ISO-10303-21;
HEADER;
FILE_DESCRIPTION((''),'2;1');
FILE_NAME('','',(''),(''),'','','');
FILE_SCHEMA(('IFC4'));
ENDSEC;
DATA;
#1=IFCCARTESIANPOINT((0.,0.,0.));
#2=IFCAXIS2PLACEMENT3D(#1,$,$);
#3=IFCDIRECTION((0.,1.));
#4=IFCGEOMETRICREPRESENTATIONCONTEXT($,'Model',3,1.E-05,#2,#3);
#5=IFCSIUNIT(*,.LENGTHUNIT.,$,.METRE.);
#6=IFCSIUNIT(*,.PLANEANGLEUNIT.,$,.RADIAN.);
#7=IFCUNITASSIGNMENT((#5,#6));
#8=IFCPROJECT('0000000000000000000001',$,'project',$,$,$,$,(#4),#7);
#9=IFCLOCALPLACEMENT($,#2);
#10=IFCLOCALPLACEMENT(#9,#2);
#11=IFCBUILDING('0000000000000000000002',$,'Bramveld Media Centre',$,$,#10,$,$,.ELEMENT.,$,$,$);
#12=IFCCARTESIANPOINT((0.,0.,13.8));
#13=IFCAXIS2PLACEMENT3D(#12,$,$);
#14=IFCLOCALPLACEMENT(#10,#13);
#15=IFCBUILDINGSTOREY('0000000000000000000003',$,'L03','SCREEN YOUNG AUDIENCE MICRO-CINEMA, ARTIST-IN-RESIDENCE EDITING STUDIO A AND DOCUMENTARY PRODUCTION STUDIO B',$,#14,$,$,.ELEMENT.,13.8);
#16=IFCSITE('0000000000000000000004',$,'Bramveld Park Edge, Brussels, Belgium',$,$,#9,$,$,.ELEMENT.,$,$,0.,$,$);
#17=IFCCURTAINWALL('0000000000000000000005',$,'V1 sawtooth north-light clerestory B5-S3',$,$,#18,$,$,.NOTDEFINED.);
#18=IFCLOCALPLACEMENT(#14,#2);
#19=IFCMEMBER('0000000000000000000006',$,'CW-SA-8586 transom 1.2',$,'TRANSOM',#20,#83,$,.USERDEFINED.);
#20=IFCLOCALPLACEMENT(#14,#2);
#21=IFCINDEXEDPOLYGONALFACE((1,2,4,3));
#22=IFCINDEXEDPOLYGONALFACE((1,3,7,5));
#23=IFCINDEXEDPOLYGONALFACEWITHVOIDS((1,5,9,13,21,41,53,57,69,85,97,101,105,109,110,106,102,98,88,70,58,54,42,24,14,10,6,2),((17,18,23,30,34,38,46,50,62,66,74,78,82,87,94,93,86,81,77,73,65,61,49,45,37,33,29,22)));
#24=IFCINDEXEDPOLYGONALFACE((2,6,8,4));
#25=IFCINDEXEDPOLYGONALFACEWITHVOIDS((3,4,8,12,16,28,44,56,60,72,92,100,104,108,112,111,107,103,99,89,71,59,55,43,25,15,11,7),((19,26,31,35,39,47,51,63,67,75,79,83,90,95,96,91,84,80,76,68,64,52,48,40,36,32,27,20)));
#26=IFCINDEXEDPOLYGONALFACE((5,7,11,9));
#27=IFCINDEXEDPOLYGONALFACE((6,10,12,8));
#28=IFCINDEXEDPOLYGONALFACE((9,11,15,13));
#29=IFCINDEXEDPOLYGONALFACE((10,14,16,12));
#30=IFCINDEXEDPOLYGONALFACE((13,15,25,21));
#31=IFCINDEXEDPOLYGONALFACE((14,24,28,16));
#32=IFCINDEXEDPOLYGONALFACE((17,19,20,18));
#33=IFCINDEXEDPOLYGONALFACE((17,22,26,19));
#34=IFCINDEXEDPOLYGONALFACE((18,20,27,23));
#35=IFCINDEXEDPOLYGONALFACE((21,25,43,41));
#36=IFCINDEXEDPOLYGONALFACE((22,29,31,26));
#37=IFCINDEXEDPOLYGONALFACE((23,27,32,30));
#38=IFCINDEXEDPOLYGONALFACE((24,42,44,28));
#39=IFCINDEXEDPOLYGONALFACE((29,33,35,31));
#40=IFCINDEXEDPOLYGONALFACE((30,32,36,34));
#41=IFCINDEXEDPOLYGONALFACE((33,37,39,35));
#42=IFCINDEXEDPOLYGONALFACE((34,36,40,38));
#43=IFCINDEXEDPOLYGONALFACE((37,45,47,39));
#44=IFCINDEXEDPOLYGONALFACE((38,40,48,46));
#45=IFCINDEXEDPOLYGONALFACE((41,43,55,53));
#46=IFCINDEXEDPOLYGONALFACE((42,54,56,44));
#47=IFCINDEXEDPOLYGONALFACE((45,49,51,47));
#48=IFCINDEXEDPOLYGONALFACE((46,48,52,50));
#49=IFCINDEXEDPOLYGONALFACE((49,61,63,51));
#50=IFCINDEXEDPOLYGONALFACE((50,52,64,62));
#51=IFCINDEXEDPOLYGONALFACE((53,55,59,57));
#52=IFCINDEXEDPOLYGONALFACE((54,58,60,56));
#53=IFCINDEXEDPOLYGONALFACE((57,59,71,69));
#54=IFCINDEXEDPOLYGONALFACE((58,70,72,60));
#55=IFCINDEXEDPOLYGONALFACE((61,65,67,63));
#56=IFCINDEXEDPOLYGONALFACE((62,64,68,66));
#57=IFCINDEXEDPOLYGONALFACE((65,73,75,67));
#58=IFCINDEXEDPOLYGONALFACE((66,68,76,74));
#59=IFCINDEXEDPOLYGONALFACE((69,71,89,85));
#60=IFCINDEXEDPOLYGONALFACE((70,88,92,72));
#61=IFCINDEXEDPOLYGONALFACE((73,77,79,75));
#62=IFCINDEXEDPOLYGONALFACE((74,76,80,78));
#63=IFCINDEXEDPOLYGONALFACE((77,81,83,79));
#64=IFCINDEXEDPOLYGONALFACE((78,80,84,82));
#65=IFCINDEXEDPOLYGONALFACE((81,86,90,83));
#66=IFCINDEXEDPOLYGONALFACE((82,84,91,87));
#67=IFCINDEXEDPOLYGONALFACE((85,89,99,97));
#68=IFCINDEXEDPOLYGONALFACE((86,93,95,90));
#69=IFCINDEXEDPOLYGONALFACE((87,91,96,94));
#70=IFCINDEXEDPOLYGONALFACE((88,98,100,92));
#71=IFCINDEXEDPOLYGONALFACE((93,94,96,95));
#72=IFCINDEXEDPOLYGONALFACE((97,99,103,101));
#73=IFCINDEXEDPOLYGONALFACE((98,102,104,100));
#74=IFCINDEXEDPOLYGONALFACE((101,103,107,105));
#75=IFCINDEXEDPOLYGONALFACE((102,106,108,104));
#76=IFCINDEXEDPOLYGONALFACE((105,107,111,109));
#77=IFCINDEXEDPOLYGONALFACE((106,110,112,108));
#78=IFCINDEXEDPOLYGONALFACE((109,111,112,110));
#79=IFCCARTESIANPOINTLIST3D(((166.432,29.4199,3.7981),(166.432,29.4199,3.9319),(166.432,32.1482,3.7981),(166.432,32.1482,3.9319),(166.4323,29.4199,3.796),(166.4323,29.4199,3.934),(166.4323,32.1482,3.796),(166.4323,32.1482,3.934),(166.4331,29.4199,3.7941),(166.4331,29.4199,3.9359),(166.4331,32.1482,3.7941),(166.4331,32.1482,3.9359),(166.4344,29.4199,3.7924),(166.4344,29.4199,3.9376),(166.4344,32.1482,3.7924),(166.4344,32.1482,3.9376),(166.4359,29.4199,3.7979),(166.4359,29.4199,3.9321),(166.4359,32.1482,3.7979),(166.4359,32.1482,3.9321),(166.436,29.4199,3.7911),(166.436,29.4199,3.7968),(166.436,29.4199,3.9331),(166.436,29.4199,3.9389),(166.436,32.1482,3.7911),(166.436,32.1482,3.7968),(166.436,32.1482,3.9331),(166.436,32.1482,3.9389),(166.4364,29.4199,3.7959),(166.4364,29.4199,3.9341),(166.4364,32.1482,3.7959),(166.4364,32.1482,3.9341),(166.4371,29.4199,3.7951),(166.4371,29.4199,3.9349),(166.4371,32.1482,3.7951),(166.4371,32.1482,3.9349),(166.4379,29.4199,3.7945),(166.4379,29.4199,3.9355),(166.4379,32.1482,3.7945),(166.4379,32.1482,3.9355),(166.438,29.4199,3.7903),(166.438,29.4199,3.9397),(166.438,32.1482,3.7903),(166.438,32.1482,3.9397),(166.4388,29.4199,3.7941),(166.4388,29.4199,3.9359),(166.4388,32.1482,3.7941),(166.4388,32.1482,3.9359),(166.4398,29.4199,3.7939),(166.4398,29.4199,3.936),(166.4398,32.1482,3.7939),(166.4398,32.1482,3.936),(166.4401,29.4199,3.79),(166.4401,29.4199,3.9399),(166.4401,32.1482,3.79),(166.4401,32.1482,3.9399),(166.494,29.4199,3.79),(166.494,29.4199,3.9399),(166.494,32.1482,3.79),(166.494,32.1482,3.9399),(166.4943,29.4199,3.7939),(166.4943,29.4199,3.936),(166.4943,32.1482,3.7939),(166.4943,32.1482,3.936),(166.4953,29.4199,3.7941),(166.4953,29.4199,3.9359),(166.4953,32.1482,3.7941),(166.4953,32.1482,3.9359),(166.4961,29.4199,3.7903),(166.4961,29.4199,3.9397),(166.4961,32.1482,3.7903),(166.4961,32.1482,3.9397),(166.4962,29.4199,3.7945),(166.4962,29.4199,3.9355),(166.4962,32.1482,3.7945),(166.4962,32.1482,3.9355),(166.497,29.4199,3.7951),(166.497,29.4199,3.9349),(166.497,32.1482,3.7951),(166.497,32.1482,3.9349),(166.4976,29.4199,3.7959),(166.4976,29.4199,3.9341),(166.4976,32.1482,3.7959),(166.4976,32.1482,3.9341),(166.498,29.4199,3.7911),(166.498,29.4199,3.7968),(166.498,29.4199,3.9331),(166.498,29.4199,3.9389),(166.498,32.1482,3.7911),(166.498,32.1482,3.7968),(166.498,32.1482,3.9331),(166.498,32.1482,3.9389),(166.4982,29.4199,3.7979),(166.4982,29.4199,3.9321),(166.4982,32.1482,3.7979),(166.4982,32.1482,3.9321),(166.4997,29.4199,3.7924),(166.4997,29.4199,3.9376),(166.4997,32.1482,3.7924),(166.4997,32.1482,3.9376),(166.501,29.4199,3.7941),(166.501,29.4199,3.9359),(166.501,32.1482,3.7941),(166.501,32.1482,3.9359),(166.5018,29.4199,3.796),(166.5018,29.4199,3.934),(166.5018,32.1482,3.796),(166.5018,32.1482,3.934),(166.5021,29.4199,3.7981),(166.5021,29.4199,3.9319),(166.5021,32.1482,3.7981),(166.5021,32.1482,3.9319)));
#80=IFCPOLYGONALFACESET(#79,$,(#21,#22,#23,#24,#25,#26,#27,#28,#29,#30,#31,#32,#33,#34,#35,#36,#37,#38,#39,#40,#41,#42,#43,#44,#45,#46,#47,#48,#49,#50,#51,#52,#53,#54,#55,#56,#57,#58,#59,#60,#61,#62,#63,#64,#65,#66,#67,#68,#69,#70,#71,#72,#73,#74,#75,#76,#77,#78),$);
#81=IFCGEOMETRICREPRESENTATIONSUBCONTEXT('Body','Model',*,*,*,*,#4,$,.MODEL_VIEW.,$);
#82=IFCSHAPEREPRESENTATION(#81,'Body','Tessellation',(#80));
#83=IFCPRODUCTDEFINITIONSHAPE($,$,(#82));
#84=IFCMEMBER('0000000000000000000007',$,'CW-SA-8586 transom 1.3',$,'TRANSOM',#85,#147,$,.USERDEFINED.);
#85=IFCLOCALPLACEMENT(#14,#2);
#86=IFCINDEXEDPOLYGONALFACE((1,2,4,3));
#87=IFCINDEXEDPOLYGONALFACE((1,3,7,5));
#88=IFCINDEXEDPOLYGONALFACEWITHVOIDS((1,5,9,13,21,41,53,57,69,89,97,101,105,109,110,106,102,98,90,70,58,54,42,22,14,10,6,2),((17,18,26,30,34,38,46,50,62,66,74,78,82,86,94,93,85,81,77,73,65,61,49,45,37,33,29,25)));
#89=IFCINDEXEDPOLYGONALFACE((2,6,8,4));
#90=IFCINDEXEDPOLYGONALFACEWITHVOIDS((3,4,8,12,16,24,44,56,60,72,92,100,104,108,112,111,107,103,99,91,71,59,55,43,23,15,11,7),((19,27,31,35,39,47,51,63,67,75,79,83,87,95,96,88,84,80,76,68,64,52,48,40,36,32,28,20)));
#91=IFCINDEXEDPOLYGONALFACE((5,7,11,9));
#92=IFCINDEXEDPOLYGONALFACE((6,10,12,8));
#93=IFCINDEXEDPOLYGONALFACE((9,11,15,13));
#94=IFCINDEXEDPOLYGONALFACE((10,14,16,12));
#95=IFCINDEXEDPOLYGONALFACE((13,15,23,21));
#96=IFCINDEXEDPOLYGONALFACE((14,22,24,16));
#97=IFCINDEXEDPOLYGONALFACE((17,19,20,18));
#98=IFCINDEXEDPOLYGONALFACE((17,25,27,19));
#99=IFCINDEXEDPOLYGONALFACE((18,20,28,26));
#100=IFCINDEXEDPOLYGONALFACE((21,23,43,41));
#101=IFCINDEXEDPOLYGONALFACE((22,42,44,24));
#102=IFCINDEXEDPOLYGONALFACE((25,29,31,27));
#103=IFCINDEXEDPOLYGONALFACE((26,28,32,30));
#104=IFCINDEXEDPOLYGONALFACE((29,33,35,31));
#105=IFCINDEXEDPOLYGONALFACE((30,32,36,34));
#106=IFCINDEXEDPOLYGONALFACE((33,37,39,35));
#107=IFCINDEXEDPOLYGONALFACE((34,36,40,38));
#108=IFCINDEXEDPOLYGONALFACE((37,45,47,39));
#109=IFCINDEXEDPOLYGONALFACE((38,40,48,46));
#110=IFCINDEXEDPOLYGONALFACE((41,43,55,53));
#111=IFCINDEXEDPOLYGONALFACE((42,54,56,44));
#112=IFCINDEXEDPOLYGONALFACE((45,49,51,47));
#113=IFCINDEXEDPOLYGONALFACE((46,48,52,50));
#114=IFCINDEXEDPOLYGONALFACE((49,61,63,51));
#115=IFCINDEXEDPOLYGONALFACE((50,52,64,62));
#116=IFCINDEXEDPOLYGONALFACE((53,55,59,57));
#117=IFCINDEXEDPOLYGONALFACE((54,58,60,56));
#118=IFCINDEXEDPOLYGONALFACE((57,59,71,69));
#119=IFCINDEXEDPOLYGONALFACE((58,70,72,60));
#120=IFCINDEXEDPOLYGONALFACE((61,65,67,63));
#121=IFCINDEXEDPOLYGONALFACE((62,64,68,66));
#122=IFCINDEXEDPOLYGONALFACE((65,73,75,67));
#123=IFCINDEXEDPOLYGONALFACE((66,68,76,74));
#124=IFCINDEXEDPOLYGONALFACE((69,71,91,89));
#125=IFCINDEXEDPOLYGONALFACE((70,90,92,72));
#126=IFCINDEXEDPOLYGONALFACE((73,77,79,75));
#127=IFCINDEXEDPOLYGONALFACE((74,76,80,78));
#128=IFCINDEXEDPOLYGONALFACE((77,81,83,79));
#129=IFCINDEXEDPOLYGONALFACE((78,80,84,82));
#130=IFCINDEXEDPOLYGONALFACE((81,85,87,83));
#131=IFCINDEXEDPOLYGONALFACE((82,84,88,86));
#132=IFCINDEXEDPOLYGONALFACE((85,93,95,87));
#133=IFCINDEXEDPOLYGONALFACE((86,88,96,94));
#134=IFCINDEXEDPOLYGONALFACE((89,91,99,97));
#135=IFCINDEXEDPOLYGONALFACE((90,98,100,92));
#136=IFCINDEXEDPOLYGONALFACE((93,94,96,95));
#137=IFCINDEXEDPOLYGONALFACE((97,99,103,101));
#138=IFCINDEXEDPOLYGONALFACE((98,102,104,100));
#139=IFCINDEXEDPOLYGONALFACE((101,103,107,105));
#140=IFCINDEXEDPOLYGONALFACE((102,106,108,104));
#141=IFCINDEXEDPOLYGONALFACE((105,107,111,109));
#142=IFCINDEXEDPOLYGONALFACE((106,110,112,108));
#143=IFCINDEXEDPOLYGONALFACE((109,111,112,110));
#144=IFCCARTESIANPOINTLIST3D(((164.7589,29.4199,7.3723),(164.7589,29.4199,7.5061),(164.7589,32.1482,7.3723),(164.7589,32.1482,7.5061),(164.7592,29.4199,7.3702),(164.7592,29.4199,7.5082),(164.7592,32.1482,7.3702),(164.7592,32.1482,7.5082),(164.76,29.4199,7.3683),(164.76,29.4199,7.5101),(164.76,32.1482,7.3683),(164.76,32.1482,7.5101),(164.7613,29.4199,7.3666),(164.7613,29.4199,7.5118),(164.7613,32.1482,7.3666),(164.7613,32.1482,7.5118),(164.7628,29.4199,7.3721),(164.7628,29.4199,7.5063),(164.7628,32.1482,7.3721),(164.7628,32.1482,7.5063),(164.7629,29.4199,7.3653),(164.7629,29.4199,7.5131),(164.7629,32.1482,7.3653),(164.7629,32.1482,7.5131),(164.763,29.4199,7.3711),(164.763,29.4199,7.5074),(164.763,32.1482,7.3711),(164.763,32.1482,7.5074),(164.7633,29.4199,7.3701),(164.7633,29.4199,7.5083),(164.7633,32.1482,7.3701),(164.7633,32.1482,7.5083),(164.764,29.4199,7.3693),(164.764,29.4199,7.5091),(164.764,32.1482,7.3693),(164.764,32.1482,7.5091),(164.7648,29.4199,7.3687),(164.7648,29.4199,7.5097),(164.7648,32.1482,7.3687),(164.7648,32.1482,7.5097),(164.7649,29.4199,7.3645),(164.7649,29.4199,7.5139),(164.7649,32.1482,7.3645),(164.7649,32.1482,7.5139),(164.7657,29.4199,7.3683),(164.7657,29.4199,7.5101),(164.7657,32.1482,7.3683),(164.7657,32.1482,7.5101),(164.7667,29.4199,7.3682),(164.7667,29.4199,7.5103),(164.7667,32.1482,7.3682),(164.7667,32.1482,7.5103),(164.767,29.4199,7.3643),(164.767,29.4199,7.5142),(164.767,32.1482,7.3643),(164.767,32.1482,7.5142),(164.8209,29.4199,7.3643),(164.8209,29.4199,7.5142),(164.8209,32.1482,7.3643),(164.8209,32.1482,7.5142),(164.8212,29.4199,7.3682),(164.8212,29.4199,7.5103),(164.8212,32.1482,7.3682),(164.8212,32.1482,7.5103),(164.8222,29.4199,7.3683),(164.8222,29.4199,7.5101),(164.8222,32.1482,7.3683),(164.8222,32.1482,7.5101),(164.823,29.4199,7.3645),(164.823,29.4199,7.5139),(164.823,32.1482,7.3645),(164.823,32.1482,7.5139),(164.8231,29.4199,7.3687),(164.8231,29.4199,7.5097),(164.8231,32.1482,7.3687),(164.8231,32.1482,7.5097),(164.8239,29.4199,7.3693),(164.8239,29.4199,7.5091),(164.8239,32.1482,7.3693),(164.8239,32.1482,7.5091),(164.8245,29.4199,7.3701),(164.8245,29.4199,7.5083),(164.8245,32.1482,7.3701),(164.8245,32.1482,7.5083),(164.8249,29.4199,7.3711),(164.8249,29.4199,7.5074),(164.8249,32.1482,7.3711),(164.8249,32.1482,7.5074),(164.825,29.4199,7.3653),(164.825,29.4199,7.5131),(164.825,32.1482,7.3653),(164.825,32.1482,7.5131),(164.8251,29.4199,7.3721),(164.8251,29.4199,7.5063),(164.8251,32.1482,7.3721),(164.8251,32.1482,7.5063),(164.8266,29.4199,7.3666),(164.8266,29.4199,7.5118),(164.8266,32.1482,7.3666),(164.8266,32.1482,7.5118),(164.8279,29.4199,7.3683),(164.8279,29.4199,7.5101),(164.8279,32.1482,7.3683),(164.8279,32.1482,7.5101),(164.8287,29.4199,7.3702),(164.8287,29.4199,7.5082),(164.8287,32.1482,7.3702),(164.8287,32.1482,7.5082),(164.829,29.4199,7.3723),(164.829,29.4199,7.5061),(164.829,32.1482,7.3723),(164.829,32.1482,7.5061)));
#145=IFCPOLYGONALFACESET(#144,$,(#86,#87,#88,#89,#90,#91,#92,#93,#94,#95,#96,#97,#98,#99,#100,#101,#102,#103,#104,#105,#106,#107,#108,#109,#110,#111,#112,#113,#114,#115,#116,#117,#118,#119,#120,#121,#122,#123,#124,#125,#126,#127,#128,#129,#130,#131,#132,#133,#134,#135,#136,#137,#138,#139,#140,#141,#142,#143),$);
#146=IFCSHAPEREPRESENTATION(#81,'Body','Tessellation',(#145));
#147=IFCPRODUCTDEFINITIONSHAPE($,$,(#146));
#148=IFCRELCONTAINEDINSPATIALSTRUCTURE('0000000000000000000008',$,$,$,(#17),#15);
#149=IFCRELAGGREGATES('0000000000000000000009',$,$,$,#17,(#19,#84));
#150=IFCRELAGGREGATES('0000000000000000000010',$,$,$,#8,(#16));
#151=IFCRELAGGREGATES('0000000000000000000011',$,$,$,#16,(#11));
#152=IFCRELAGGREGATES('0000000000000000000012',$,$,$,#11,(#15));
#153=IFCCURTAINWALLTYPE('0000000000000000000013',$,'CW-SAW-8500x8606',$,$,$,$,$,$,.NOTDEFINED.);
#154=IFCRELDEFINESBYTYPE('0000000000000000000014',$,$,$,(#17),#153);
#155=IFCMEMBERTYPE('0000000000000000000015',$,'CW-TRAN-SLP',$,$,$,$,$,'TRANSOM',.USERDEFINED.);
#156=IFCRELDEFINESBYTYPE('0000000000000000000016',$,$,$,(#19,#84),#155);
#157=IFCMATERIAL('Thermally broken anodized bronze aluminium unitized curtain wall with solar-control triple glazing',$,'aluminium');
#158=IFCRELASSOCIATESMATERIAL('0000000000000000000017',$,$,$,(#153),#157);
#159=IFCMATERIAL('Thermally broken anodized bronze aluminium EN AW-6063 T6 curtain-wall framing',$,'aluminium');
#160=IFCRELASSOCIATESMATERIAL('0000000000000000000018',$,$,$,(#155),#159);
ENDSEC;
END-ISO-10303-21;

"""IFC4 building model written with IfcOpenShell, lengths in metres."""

from ifc_helpers import new_model, si_unit, direction, frame, origin, origin_2d, place, context, subcontext, project, spatial, hollow_rectangle, extrude, material, material_profile, profile_set, type_object, element, aggregate, save


model = new_model("IFC4")

# Units and contexts
model_context = context("Model", 3, precision=1e-05, world=origin(), true_north=direction((0.0, 1.0)))
body_context = subcontext(model_context, "Body", "Model", "MODEL_VIEW")
ifc_project = project(units=[si_unit("LENGTHUNIT", "METRE"), si_unit("PLANEANGLEUNIT", "RADIAN")], contexts=[model_context])

# Site, building, storey
site_placement = place(None, origin())
site = spatial("IfcSite", under=ifc_project, at=site_placement, Name="Bramveld Park Edge, Brussels, Belgium", CompositionType="ELEMENT", RefElevation=0.0)
building_placement = place(site_placement, origin())
building = spatial("IfcBuilding", under=site, at=building_placement, Name="Bramveld Media Centre", CompositionType="ELEMENT")
storey_placement = place(building_placement, frame((0.0, 0.0, 13.8)))
storey = spatial("IfcBuildingStorey", under=building, at=storey_placement, Name="L03", Description="SCREEN YOUNG AUDIENCE MICRO-CINEMA, ARTIST-IN-RESIDENCE EDITING STUDIO A AND DOCUMENTARY PRODUCTION STUDIO B", CompositionType="ELEMENT", Elevation=13.8)

# Curtain wall, members
ifc_material_1 = material(Name="Thermally broken anodized bronze aluminium unitized curtain wall with solar-control triple glazing", Category="aluminium")
curtain_wall_type = type_object("IfcCurtainWallType", Name="CW-SAW-8500x8606", PredefinedType="NOTDEFINED", material=ifc_material_1)
ifc_material_2 = material(Name="Thermally broken anodized bronze aluminium EN AW-6063 T6 curtain-wall framing", Category="aluminium")
ifc_material_profile_1 = material_profile(ifc_material_2, hollow_rectangle(XDim=0.0701, YDim=0.1499, WallThickness=0.0039, InnerFilletRadius=0.0039, OuterFilletRadius=0.0081, at=origin_2d()), Name="AL-TRAN 70x150")
ifc_profile_set_1 = profile_set([ifc_material_profile_1], Name="Thermally broken anodized bronze aluminium EN AW-6063 T6 curtain-wall framing")
member_type_1 = type_object("IfcMemberType", Name="CW-TRAN-SLP", ElementType="TRANSOM", PredefinedType="USERDEFINED", material=ifc_profile_set_1)
curtain_wall_1_placement = place(storey_placement, origin())
curtain_wall_1 = element("IfcCurtainWall", 1, at=curtain_wall_1_placement, inside=storey, type_object=curtain_wall_type, Name="V1 sawtooth north-light clerestory B5-S3", PredefinedType="NOTDEFINED")
member_1_placement = place(storey_placement, frame((166.467, 29.4199, 3.865), z_axis=(0.0, 1.0, 0.0), x_axis=(-1.0, 0.0, 0.0)))
member_1 = element("IfcMember", 2, at=member_1_placement, type_object=member_type_1, Name="CW-SA-8586 transom 1.2", ObjectType="TRANSOM", PredefinedType="USERDEFINED", context=body_context, shape_type="SweptSolid", body=[
    extrude(hollow_rectangle(XDim=0.0701, YDim=0.1499, WallThickness=0.0039, InnerFilletRadius=0.0039, OuterFilletRadius=0.0081, at=origin_2d()), origin(), (0.0, 0.0, 1.0), 2.7283),
])
member_2_placement = place(storey_placement, frame((164.7939, 29.4199, 7.4392), z_axis=(0.0, 1.0, 0.0), x_axis=(-1.0, 0.0, 0.0)))
member_2 = element("IfcMember", 3, at=member_2_placement, type_object=member_type_1, Name="CW-SA-8586 transom 1.3", ObjectType="TRANSOM", PredefinedType="USERDEFINED", context=body_context, shape_type="SweptSolid", body=[
    extrude(hollow_rectangle(XDim=0.0701, YDim=0.1499, WallThickness=0.0039, InnerFilletRadius=0.0039, OuterFilletRadius=0.0081, at=origin_2d()), origin(), (0.0, 0.0, 1.0), 2.7283),
])

aggregate(curtain_wall_1, [member_1, member_2])

save(model, "model.ifc")
